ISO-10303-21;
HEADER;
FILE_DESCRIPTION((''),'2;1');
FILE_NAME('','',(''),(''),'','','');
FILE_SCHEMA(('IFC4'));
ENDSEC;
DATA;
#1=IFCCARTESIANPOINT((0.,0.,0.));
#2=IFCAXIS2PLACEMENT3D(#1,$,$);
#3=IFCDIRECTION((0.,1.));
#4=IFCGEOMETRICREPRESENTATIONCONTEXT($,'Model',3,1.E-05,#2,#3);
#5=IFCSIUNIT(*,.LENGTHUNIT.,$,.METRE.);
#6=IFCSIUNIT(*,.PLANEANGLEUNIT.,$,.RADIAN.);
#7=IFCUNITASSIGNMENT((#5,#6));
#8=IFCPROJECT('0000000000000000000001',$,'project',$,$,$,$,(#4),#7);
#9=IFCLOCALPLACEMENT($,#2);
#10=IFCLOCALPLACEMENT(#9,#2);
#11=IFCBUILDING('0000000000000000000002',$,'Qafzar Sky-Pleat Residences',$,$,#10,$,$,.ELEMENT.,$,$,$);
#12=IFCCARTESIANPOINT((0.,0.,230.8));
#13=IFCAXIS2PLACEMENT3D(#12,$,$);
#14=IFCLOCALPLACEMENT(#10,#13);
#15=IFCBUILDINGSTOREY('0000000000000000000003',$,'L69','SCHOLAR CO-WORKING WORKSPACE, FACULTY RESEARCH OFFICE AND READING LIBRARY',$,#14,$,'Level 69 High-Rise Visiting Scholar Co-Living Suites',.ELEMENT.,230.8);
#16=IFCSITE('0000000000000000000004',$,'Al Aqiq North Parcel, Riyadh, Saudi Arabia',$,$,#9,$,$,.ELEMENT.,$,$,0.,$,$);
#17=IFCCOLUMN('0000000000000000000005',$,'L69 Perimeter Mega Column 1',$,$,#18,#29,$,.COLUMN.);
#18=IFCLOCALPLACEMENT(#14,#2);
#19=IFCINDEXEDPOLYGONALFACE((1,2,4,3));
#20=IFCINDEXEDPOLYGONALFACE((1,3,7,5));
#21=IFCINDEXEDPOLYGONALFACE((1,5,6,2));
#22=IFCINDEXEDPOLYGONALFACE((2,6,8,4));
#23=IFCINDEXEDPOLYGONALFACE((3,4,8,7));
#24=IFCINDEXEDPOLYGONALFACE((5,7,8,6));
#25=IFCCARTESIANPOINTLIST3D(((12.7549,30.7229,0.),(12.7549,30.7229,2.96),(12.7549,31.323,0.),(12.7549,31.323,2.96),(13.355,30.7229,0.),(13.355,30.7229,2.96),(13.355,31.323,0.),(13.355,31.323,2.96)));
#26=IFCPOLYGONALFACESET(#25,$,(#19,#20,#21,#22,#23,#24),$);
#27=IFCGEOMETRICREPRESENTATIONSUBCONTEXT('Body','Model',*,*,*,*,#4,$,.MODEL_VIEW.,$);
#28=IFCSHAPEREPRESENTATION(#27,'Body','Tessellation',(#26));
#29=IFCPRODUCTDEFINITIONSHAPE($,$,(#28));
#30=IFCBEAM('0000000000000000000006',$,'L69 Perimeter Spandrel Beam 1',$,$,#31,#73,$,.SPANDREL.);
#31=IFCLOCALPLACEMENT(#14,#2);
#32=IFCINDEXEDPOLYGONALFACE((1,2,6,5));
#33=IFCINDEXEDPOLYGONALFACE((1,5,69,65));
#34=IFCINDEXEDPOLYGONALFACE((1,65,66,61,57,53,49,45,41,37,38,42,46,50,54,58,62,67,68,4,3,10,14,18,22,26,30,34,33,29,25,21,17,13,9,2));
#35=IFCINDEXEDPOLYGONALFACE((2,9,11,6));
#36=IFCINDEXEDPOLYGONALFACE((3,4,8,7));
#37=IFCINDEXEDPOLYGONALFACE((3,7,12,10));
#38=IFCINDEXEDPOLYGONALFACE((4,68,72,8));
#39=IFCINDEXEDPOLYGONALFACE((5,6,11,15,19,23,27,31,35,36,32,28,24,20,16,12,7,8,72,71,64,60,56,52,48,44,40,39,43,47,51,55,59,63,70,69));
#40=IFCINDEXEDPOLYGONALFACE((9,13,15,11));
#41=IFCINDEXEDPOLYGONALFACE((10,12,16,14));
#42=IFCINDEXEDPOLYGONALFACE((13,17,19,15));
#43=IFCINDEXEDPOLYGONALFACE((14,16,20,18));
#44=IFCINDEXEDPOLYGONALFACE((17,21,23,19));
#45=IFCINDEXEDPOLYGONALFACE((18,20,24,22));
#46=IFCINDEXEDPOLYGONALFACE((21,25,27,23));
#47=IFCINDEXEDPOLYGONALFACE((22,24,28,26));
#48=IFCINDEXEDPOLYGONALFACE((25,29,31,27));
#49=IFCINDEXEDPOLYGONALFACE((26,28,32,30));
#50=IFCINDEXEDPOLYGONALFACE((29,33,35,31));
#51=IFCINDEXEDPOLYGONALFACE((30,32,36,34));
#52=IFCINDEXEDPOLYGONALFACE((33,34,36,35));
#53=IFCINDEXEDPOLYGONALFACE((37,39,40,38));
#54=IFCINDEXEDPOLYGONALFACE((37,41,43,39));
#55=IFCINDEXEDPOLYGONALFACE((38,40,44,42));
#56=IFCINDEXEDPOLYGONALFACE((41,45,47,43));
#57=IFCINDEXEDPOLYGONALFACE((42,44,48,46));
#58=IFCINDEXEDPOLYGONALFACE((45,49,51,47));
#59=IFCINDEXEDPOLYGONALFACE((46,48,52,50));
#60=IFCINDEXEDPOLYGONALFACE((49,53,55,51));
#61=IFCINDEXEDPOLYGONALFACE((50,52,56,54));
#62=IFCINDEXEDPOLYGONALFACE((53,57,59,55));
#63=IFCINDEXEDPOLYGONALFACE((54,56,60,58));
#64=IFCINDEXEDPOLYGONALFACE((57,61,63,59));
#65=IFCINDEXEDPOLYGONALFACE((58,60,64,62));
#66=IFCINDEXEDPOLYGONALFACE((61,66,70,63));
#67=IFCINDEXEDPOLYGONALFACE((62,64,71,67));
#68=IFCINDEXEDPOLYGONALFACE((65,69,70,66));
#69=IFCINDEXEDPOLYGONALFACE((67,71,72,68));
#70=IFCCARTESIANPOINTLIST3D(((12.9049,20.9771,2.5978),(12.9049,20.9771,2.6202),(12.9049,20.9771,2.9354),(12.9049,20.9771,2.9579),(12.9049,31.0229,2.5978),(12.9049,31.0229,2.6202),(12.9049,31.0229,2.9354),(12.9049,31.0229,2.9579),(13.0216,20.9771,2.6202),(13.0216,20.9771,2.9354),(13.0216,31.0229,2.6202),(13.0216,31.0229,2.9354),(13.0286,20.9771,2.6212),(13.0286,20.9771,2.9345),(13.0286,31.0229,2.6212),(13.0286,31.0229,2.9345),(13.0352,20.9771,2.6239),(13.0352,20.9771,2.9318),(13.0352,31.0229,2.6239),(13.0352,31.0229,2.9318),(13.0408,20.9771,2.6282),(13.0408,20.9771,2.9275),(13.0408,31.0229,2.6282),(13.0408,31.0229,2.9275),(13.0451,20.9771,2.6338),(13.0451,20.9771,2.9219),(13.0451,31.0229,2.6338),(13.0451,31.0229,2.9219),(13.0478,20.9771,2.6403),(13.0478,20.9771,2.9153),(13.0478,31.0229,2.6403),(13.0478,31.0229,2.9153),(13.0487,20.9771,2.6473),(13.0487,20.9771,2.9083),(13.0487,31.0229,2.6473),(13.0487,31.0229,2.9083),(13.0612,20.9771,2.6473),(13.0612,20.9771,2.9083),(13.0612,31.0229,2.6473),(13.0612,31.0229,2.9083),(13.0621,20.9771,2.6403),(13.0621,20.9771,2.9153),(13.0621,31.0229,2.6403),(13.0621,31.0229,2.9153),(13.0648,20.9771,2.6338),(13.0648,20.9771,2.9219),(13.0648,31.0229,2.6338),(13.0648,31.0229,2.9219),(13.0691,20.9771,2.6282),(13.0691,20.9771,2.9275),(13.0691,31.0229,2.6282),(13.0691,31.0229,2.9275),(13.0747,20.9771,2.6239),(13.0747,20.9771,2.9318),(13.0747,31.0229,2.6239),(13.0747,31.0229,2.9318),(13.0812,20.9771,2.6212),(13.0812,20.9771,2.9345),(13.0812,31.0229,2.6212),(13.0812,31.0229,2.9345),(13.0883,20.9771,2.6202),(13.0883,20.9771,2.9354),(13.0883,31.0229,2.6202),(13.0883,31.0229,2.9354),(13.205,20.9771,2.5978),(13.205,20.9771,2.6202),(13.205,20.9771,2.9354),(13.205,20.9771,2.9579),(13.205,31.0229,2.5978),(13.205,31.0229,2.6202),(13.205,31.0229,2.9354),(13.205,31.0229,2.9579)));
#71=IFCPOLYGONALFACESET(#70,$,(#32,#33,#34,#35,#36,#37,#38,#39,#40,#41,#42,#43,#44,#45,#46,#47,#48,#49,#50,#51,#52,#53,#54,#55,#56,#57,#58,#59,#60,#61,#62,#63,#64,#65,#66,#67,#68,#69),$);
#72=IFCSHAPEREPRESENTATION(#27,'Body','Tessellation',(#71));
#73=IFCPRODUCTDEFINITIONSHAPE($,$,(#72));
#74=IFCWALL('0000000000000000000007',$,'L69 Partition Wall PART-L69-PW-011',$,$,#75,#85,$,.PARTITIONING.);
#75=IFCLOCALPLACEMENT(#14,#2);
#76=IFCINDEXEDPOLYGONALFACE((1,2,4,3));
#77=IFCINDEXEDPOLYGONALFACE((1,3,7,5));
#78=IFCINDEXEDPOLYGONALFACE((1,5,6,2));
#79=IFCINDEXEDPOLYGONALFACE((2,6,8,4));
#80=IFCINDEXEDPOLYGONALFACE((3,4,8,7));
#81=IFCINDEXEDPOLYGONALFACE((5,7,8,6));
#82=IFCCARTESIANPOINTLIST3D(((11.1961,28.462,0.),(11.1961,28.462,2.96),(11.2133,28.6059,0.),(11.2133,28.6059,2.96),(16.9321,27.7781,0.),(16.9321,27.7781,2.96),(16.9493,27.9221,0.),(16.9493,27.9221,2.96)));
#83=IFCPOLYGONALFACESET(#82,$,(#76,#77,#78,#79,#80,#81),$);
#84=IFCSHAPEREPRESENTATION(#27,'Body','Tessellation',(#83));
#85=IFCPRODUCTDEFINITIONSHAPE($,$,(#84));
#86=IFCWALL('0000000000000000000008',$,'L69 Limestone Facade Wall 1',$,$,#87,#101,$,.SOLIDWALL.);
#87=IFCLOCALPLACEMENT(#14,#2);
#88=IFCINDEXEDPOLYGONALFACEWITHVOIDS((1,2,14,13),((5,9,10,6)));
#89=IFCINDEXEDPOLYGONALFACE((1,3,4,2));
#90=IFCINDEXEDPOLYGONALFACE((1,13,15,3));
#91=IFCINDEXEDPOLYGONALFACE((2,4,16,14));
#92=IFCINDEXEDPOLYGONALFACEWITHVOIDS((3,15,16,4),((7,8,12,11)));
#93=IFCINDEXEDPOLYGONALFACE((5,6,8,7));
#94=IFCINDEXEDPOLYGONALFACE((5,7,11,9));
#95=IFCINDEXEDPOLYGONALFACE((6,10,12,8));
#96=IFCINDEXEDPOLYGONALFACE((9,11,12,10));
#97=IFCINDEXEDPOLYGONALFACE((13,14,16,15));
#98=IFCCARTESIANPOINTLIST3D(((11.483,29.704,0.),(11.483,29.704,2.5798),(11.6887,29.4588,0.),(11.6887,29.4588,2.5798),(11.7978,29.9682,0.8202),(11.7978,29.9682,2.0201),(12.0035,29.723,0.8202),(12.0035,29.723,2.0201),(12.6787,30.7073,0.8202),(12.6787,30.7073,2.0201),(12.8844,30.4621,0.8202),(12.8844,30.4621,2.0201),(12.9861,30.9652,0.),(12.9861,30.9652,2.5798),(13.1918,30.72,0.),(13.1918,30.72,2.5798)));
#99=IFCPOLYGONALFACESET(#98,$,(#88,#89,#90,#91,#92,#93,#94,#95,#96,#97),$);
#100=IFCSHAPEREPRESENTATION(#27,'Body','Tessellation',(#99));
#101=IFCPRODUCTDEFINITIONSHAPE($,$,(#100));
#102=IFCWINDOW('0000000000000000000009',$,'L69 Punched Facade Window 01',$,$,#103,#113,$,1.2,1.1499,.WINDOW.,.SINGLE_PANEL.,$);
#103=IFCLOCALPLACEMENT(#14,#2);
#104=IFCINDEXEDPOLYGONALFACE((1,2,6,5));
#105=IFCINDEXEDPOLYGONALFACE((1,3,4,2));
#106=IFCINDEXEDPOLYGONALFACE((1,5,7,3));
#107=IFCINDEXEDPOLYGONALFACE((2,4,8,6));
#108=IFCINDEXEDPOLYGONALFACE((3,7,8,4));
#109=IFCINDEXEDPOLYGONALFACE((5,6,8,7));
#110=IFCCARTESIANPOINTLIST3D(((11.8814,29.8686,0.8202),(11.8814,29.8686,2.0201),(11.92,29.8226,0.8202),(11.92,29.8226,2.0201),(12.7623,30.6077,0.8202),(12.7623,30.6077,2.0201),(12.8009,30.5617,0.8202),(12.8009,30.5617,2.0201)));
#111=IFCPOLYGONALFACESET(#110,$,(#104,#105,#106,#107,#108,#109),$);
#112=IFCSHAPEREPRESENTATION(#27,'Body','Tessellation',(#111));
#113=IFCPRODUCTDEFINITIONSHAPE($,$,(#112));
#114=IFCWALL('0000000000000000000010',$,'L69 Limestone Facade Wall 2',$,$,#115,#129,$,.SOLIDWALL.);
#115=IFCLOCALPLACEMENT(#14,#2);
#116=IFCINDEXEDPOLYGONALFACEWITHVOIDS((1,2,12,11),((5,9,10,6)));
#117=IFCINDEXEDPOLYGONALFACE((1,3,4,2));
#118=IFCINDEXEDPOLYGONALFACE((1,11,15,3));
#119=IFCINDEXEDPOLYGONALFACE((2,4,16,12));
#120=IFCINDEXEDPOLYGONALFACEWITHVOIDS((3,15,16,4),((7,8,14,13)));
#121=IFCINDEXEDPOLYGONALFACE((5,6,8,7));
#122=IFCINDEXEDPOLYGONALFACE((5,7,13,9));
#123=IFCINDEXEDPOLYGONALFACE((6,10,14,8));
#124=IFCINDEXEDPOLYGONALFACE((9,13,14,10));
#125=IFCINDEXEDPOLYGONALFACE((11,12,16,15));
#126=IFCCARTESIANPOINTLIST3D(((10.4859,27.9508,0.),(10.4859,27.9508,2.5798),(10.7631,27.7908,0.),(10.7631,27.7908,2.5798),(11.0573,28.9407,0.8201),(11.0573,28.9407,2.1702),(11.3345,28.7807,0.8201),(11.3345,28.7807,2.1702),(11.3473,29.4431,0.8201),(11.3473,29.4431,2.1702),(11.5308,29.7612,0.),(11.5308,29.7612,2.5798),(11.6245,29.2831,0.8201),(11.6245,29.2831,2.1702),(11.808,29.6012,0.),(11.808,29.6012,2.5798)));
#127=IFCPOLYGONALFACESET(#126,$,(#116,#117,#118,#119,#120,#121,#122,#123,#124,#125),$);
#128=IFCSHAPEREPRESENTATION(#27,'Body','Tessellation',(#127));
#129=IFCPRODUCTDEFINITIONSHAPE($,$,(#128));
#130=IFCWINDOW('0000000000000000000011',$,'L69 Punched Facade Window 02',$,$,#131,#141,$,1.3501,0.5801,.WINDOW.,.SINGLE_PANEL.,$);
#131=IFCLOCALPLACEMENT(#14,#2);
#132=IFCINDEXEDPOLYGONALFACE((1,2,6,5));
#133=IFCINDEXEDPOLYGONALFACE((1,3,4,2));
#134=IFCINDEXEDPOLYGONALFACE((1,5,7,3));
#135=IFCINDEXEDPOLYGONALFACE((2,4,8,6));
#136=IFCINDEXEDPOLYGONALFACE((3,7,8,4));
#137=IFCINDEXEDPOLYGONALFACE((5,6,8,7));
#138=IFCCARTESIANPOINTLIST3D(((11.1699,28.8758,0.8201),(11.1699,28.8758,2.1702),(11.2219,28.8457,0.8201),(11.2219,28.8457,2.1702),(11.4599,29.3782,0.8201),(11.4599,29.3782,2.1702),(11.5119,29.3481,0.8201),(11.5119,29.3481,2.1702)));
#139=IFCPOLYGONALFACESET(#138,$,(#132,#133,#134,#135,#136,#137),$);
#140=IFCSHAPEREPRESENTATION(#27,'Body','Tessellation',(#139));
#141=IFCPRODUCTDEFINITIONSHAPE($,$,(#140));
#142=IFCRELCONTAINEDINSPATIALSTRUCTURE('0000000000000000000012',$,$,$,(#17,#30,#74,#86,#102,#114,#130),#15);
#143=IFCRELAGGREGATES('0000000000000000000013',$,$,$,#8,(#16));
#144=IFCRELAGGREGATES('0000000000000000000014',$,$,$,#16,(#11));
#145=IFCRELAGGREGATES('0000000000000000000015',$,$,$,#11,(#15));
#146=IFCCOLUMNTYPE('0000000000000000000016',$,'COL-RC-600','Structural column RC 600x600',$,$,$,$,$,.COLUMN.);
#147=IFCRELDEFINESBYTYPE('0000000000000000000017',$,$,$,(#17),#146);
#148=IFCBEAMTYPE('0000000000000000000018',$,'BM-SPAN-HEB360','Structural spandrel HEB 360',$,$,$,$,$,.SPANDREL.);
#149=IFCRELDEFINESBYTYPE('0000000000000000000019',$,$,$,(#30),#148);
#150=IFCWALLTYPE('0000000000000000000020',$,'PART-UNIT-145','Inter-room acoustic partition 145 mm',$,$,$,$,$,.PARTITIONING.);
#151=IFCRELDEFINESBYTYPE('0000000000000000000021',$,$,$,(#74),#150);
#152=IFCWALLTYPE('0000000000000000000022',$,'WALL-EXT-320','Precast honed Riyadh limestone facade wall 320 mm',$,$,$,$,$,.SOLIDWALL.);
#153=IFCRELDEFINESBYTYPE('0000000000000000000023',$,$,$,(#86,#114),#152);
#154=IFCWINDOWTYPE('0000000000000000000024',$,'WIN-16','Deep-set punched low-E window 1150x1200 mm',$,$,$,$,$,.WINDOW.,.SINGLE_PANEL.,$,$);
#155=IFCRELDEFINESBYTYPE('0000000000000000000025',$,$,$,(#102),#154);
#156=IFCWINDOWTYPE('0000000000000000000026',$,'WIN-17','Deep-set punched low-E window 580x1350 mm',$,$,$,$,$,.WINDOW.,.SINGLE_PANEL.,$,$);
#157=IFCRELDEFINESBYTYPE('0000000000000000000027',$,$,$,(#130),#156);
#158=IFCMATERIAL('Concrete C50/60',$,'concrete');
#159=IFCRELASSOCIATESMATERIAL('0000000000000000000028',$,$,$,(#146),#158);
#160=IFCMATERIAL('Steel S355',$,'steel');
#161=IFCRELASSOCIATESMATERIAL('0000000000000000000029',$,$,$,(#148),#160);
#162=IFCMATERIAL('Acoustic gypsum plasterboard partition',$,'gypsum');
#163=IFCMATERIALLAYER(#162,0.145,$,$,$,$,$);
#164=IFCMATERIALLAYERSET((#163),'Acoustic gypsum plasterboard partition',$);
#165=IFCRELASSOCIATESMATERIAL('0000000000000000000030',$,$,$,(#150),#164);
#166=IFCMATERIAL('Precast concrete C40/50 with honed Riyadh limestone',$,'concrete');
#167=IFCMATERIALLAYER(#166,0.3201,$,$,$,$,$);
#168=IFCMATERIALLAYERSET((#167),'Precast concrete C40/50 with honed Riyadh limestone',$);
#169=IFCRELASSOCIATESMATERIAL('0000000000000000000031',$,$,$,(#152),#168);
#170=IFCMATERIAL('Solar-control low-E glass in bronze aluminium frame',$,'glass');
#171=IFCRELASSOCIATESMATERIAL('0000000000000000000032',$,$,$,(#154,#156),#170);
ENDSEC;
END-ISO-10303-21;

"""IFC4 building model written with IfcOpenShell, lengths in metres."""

from ifc_helpers import new_model, si_unit, direction, frame, frame_2d, origin, origin_2d, place, context, subcontext, project, spatial, rectangle, i_section, extrude, source, transform, mapped, material, layer, layer_set, material_profile, profile_set, type_object, element, fill, save


model = new_model("IFC4")

# Units and contexts
model_context = context("Model", 3, precision=1e-05, world=origin(), true_north=direction((0.0, 1.0)))
body_context = subcontext(model_context, "Body", "Model", "MODEL_VIEW")
ifc_project = project(units=[si_unit("LENGTHUNIT", "METRE"), si_unit("PLANEANGLEUNIT", "RADIAN")], contexts=[model_context])

# Site, building, storey
site_placement = place(None, origin())
site = spatial("IfcSite", under=ifc_project, at=site_placement, Name="Al Aqiq North Parcel, Riyadh, Saudi Arabia", CompositionType="ELEMENT", RefElevation=0.0)
building_placement = place(site_placement, origin())
building = spatial("IfcBuilding", under=site, at=building_placement, Name="Qafzar Sky-Pleat Residences", CompositionType="ELEMENT")
storey_placement = place(building_placement, frame((0.0, 0.0, 230.8)))
storey = spatial("IfcBuildingStorey", under=building, at=storey_placement, Name="L69", Description="SCHOLAR CO-WORKING WORKSPACE, FACULTY RESEARCH OFFICE AND READING LIBRARY", LongName="Level 69 High-Rise Visiting Scholar Co-Living Suites", CompositionType="ELEMENT", Elevation=230.8)

# Column
ifc_material_1 = material(Name="Concrete C50/60", Category="concrete")
ifc_material_profile_1 = material_profile(ifc_material_1, rectangle(XDim=0.6001, YDim=0.6001, at=origin_2d()), Name="RC 600x600")
ifc_profile_set_1 = profile_set([ifc_material_profile_1], Name="Concrete C50/60")
column_type = type_object("IfcColumnType", Name="COL-RC-600", Description="Structural column RC 600x600", PredefinedType="COLUMN", material=ifc_profile_set_1)
shared_shape_1 = source(origin(), body_context, "Body", "SweptSolid", [
    extrude(rectangle(XDim=0.6001, YDim=0.6001, at=origin_2d()), origin(), (0.0, 0.0, 1.0), 2.96),
])
column_placement = place(storey_placement, frame((13.0549, 31.0229, 0.0), z_axis=(0.0, 0.0, 1.0), x_axis=(1.0, 0.0, 0.0)))
element("IfcColumn", 1, at=column_placement, inside=storey, type_object=column_type, Name="L69 Perimeter Mega Column 1", PredefinedType="COLUMN", context=body_context, shape_type="MappedRepresentation", body=[
    mapped(shared_shape_1, transform((0.0, 0.0, 0.0), x_axis=(1.0, 0.0, 0.0), y_axis=(0.0, 1.0, 0.0), z_axis=(0.0, 0.0, 1.0), scale=1.0)),
])

# Beam
ifc_material_2 = material(Name="Steel S355", Category="steel")
ifc_material_profile_2 = material_profile(ifc_material_2, i_section(OverallWidth=0.3, OverallDepth=0.3601, WebThickness=0.0125, FlangeThickness=0.0225, FilletRadius=0.0271, at=origin_2d()), Name="HEB 360")
ifc_profile_set_2 = profile_set([ifc_material_profile_2], Name="Steel S355")
beam_type = type_object("IfcBeamType", Name="BM-SPAN-HEB360", Description="Structural spandrel HEB 360", PredefinedType="SPANDREL", material=ifc_profile_set_2)
shared_shape_2 = source(origin(), body_context, "Body", "SweptSolid", [
    extrude(i_section(OverallWidth=0.3, OverallDepth=0.3601, WebThickness=0.0125, FlangeThickness=0.0225, FilletRadius=0.0271, at=origin_2d()), origin(), (0.0, 0.0, 1.0), 10.0459),
])
beam_placement = place(storey_placement, frame((13.0549, 31.0229, 2.7778), z_axis=(0.0, -1.0, 0.0), x_axis=(1.0, 0.0, 0.0)))
element("IfcBeam", 2, at=beam_placement, inside=storey, type_object=beam_type, Name="L69 Perimeter Spandrel Beam 1", PredefinedType="SPANDREL", context=body_context, shape_type="MappedRepresentation", body=[
    mapped(shared_shape_2, transform((0.0, 0.0, 0.0), x_axis=(1.0, 0.0, 0.0), y_axis=(0.0, 1.0, 0.0), z_axis=(0.0, 0.0, 1.0), scale=1.0)),
])

# Wall
ifc_material_3 = material(Name="Acoustic gypsum plasterboard partition", Category="gypsum")
ifc_layer_1 = layer(ifc_material_3, 0.145)
ifc_layer_set_1 = layer_set([ifc_layer_1], Name="Acoustic gypsum plasterboard partition")
wall_type_1 = type_object("IfcWallType", Name="PART-UNIT-145", Description="Inter-room acoustic partition 145 mm", PredefinedType="PARTITIONING", material=ifc_layer_set_1)
wall_1_placement = place(storey_placement, frame((11.2048, 28.5339, 0.0), z_axis=(0.0, 0.0, 1.0), x_axis=(0.992969, -0.118379, 0.0)))
element("IfcWall", 3, at=wall_1_placement, inside=storey, type_object=wall_type_1, Name="L69 Partition Wall PART-L69-PW-011", PredefinedType="PARTITIONING", context=body_context, shape_type="SweptSolid", body=[
    extrude(rectangle(XDim=5.7766, YDim=0.145, at=frame_2d((2.8882, 0.0))), origin(), (0.0, 0.0, 1.0), 2.96),
])

# Walls, openings, windows
ifc_material_4 = material(Name="Precast concrete C40/50 with honed Riyadh limestone", Category="concrete")
ifc_layer_2 = layer(ifc_material_4, 0.3201)
ifc_layer_set_2 = layer_set([ifc_layer_2], Name="Precast concrete C40/50 with honed Riyadh limestone")
wall_type_2 = type_object("IfcWallType", Name="WALL-EXT-320", Description="Precast honed Riyadh limestone facade wall 320 mm", PredefinedType="SOLIDWALL", material=ifc_layer_set_2)
wall_2_placement = place(storey_placement, frame((13.0889, 30.8425, 0.0), z_axis=(0.0, 0.0, 1.0), x_axis=(-0.766065, -0.642763, 0.0)))
wall_2 = element("IfcWall", 4, at=wall_2_placement, inside=storey, type_object=wall_type_2, Name="L69 Limestone Facade Wall 1", PredefinedType="SOLIDWALL", context=body_context, shape_type="SweptSolid", body=[
    extrude(rectangle(XDim=1.9622, YDim=0.3201, at=frame_2d((0.981, 0.0))), origin(), (0.0, 0.0, 1.0), 2.5798),
])
opening_1_placement = place(wall_2_placement, frame((0.4011, 0.0, 0.8201)))
opening_1 = element("IfcOpeningElement", 5, at=opening_1_placement, cuts=wall_2, PredefinedType="OPENING", context=body_context, shape_type="SweptSolid", body=[
    extrude(rectangle(XDim=1.1499, YDim=1.2, at=frame_2d((0.575, 0.6001))), frame((0.0, 0.1699, 0.0), z_axis=(0.0, -1.0, 0.0), x_axis=(1.0, 0.0, 0.0)), (0.0, 0.0, 1.0), 0.3401),
])
ifc_material_5 = material(Name="Solar-control low-E glass in bronze aluminium frame", Category="glass")
window_type_1 = type_object("IfcWindowType", Name="WIN-16", Description="Deep-set punched low-E window 1150x1200 mm", PartitioningType="SINGLE_PANEL", PredefinedType="WINDOW", material=ifc_material_5)
shared_shape_3 = source(origin(), body_context, "Body", "SweptSolid", [
    extrude(rectangle(XDim=1.1499, YDim=1.2, at=frame_2d((0.575, 0.6001))), frame((0.0, 0.03, 0.0), z_axis=(0.0, -1.0, 0.0), x_axis=(1.0, 0.0, 0.0)), (0.0, 0.0, 1.0), 0.0601),
])
window_1_placement = place(opening_1_placement, origin())
window_1 = element("IfcWindow", 6, at=window_1_placement, inside=storey, type_object=window_type_1, Name="L69 Punched Facade Window 01", OverallHeight=1.2, OverallWidth=1.1499, PartitioningType="SINGLE_PANEL", PredefinedType="WINDOW", context=body_context, shape_type="MappedRepresentation", body=[
    mapped(shared_shape_3, transform((0.0, 0.0, 0.0), x_axis=(1.0, 0.0, 0.0), y_axis=(0.0, 1.0, 0.0), z_axis=(0.0, 0.0, 1.0), scale=1.0)),
])
fill(opening_1, window_1)
wall_3_placement = place(storey_placement, frame((11.6694, 29.6812, 0.0), z_axis=(0.0, 0.0, 1.0), x_axis=(-0.499908, -0.866079, 0.0)))
wall_3 = element("IfcWall", 7, at=wall_3_placement, inside=storey, type_object=wall_type_2, Name="L69 Limestone Facade Wall 2", PredefinedType="SOLIDWALL", context=body_context, shape_type="SweptSolid", body=[
    extrude(rectangle(XDim=2.0903, YDim=0.3201, at=frame_2d((1.0452, 0.0))), origin(), (0.0, 0.0, 1.0), 2.5798),
])
opening_2_placement = place(wall_3_placement, frame((0.3672, 0.0, 0.8201)))
opening_2 = element("IfcOpeningElement", 8, at=opening_2_placement, cuts=wall_3, PredefinedType="OPENING", context=body_context, shape_type="SweptSolid", body=[
    extrude(rectangle(XDim=0.5801, YDim=1.3501, at=frame_2d((0.29, 0.675))), frame((0.0, 0.1699, 0.0), z_axis=(0.0, -1.0, 0.0), x_axis=(1.0, 0.0, 0.0)), (0.0, 0.0, 1.0), 0.3401),
])
window_type_2 = type_object("IfcWindowType", Name="WIN-17", Description="Deep-set punched low-E window 580x1350 mm", PartitioningType="SINGLE_PANEL", PredefinedType="WINDOW", material=ifc_material_5)
shared_shape_4 = source(origin(), body_context, "Body", "SweptSolid", [
    extrude(rectangle(XDim=0.5801, YDim=1.3501, at=frame_2d((0.29, 0.675))), frame((0.0, 0.03, 0.0), z_axis=(0.0, -1.0, 0.0), x_axis=(1.0, 0.0, 0.0)), (0.0, 0.0, 1.0), 0.0601),
])
window_2_placement = place(opening_2_placement, origin())
window_2 = element("IfcWindow", 9, at=window_2_placement, inside=storey, type_object=window_type_2, Name="L69 Punched Facade Window 02", OverallHeight=1.3501, OverallWidth=0.5801, PartitioningType="SINGLE_PANEL", PredefinedType="WINDOW", context=body_context, shape_type="MappedRepresentation", body=[
    mapped(shared_shape_4, transform((0.0, 0.0, 0.0), x_axis=(1.0, 0.0, 0.0), y_axis=(0.0, 1.0, 0.0), z_axis=(0.0, 0.0, 1.0), scale=1.0)),
])
fill(opening_2, window_2)

save(model, "model.ifc")
